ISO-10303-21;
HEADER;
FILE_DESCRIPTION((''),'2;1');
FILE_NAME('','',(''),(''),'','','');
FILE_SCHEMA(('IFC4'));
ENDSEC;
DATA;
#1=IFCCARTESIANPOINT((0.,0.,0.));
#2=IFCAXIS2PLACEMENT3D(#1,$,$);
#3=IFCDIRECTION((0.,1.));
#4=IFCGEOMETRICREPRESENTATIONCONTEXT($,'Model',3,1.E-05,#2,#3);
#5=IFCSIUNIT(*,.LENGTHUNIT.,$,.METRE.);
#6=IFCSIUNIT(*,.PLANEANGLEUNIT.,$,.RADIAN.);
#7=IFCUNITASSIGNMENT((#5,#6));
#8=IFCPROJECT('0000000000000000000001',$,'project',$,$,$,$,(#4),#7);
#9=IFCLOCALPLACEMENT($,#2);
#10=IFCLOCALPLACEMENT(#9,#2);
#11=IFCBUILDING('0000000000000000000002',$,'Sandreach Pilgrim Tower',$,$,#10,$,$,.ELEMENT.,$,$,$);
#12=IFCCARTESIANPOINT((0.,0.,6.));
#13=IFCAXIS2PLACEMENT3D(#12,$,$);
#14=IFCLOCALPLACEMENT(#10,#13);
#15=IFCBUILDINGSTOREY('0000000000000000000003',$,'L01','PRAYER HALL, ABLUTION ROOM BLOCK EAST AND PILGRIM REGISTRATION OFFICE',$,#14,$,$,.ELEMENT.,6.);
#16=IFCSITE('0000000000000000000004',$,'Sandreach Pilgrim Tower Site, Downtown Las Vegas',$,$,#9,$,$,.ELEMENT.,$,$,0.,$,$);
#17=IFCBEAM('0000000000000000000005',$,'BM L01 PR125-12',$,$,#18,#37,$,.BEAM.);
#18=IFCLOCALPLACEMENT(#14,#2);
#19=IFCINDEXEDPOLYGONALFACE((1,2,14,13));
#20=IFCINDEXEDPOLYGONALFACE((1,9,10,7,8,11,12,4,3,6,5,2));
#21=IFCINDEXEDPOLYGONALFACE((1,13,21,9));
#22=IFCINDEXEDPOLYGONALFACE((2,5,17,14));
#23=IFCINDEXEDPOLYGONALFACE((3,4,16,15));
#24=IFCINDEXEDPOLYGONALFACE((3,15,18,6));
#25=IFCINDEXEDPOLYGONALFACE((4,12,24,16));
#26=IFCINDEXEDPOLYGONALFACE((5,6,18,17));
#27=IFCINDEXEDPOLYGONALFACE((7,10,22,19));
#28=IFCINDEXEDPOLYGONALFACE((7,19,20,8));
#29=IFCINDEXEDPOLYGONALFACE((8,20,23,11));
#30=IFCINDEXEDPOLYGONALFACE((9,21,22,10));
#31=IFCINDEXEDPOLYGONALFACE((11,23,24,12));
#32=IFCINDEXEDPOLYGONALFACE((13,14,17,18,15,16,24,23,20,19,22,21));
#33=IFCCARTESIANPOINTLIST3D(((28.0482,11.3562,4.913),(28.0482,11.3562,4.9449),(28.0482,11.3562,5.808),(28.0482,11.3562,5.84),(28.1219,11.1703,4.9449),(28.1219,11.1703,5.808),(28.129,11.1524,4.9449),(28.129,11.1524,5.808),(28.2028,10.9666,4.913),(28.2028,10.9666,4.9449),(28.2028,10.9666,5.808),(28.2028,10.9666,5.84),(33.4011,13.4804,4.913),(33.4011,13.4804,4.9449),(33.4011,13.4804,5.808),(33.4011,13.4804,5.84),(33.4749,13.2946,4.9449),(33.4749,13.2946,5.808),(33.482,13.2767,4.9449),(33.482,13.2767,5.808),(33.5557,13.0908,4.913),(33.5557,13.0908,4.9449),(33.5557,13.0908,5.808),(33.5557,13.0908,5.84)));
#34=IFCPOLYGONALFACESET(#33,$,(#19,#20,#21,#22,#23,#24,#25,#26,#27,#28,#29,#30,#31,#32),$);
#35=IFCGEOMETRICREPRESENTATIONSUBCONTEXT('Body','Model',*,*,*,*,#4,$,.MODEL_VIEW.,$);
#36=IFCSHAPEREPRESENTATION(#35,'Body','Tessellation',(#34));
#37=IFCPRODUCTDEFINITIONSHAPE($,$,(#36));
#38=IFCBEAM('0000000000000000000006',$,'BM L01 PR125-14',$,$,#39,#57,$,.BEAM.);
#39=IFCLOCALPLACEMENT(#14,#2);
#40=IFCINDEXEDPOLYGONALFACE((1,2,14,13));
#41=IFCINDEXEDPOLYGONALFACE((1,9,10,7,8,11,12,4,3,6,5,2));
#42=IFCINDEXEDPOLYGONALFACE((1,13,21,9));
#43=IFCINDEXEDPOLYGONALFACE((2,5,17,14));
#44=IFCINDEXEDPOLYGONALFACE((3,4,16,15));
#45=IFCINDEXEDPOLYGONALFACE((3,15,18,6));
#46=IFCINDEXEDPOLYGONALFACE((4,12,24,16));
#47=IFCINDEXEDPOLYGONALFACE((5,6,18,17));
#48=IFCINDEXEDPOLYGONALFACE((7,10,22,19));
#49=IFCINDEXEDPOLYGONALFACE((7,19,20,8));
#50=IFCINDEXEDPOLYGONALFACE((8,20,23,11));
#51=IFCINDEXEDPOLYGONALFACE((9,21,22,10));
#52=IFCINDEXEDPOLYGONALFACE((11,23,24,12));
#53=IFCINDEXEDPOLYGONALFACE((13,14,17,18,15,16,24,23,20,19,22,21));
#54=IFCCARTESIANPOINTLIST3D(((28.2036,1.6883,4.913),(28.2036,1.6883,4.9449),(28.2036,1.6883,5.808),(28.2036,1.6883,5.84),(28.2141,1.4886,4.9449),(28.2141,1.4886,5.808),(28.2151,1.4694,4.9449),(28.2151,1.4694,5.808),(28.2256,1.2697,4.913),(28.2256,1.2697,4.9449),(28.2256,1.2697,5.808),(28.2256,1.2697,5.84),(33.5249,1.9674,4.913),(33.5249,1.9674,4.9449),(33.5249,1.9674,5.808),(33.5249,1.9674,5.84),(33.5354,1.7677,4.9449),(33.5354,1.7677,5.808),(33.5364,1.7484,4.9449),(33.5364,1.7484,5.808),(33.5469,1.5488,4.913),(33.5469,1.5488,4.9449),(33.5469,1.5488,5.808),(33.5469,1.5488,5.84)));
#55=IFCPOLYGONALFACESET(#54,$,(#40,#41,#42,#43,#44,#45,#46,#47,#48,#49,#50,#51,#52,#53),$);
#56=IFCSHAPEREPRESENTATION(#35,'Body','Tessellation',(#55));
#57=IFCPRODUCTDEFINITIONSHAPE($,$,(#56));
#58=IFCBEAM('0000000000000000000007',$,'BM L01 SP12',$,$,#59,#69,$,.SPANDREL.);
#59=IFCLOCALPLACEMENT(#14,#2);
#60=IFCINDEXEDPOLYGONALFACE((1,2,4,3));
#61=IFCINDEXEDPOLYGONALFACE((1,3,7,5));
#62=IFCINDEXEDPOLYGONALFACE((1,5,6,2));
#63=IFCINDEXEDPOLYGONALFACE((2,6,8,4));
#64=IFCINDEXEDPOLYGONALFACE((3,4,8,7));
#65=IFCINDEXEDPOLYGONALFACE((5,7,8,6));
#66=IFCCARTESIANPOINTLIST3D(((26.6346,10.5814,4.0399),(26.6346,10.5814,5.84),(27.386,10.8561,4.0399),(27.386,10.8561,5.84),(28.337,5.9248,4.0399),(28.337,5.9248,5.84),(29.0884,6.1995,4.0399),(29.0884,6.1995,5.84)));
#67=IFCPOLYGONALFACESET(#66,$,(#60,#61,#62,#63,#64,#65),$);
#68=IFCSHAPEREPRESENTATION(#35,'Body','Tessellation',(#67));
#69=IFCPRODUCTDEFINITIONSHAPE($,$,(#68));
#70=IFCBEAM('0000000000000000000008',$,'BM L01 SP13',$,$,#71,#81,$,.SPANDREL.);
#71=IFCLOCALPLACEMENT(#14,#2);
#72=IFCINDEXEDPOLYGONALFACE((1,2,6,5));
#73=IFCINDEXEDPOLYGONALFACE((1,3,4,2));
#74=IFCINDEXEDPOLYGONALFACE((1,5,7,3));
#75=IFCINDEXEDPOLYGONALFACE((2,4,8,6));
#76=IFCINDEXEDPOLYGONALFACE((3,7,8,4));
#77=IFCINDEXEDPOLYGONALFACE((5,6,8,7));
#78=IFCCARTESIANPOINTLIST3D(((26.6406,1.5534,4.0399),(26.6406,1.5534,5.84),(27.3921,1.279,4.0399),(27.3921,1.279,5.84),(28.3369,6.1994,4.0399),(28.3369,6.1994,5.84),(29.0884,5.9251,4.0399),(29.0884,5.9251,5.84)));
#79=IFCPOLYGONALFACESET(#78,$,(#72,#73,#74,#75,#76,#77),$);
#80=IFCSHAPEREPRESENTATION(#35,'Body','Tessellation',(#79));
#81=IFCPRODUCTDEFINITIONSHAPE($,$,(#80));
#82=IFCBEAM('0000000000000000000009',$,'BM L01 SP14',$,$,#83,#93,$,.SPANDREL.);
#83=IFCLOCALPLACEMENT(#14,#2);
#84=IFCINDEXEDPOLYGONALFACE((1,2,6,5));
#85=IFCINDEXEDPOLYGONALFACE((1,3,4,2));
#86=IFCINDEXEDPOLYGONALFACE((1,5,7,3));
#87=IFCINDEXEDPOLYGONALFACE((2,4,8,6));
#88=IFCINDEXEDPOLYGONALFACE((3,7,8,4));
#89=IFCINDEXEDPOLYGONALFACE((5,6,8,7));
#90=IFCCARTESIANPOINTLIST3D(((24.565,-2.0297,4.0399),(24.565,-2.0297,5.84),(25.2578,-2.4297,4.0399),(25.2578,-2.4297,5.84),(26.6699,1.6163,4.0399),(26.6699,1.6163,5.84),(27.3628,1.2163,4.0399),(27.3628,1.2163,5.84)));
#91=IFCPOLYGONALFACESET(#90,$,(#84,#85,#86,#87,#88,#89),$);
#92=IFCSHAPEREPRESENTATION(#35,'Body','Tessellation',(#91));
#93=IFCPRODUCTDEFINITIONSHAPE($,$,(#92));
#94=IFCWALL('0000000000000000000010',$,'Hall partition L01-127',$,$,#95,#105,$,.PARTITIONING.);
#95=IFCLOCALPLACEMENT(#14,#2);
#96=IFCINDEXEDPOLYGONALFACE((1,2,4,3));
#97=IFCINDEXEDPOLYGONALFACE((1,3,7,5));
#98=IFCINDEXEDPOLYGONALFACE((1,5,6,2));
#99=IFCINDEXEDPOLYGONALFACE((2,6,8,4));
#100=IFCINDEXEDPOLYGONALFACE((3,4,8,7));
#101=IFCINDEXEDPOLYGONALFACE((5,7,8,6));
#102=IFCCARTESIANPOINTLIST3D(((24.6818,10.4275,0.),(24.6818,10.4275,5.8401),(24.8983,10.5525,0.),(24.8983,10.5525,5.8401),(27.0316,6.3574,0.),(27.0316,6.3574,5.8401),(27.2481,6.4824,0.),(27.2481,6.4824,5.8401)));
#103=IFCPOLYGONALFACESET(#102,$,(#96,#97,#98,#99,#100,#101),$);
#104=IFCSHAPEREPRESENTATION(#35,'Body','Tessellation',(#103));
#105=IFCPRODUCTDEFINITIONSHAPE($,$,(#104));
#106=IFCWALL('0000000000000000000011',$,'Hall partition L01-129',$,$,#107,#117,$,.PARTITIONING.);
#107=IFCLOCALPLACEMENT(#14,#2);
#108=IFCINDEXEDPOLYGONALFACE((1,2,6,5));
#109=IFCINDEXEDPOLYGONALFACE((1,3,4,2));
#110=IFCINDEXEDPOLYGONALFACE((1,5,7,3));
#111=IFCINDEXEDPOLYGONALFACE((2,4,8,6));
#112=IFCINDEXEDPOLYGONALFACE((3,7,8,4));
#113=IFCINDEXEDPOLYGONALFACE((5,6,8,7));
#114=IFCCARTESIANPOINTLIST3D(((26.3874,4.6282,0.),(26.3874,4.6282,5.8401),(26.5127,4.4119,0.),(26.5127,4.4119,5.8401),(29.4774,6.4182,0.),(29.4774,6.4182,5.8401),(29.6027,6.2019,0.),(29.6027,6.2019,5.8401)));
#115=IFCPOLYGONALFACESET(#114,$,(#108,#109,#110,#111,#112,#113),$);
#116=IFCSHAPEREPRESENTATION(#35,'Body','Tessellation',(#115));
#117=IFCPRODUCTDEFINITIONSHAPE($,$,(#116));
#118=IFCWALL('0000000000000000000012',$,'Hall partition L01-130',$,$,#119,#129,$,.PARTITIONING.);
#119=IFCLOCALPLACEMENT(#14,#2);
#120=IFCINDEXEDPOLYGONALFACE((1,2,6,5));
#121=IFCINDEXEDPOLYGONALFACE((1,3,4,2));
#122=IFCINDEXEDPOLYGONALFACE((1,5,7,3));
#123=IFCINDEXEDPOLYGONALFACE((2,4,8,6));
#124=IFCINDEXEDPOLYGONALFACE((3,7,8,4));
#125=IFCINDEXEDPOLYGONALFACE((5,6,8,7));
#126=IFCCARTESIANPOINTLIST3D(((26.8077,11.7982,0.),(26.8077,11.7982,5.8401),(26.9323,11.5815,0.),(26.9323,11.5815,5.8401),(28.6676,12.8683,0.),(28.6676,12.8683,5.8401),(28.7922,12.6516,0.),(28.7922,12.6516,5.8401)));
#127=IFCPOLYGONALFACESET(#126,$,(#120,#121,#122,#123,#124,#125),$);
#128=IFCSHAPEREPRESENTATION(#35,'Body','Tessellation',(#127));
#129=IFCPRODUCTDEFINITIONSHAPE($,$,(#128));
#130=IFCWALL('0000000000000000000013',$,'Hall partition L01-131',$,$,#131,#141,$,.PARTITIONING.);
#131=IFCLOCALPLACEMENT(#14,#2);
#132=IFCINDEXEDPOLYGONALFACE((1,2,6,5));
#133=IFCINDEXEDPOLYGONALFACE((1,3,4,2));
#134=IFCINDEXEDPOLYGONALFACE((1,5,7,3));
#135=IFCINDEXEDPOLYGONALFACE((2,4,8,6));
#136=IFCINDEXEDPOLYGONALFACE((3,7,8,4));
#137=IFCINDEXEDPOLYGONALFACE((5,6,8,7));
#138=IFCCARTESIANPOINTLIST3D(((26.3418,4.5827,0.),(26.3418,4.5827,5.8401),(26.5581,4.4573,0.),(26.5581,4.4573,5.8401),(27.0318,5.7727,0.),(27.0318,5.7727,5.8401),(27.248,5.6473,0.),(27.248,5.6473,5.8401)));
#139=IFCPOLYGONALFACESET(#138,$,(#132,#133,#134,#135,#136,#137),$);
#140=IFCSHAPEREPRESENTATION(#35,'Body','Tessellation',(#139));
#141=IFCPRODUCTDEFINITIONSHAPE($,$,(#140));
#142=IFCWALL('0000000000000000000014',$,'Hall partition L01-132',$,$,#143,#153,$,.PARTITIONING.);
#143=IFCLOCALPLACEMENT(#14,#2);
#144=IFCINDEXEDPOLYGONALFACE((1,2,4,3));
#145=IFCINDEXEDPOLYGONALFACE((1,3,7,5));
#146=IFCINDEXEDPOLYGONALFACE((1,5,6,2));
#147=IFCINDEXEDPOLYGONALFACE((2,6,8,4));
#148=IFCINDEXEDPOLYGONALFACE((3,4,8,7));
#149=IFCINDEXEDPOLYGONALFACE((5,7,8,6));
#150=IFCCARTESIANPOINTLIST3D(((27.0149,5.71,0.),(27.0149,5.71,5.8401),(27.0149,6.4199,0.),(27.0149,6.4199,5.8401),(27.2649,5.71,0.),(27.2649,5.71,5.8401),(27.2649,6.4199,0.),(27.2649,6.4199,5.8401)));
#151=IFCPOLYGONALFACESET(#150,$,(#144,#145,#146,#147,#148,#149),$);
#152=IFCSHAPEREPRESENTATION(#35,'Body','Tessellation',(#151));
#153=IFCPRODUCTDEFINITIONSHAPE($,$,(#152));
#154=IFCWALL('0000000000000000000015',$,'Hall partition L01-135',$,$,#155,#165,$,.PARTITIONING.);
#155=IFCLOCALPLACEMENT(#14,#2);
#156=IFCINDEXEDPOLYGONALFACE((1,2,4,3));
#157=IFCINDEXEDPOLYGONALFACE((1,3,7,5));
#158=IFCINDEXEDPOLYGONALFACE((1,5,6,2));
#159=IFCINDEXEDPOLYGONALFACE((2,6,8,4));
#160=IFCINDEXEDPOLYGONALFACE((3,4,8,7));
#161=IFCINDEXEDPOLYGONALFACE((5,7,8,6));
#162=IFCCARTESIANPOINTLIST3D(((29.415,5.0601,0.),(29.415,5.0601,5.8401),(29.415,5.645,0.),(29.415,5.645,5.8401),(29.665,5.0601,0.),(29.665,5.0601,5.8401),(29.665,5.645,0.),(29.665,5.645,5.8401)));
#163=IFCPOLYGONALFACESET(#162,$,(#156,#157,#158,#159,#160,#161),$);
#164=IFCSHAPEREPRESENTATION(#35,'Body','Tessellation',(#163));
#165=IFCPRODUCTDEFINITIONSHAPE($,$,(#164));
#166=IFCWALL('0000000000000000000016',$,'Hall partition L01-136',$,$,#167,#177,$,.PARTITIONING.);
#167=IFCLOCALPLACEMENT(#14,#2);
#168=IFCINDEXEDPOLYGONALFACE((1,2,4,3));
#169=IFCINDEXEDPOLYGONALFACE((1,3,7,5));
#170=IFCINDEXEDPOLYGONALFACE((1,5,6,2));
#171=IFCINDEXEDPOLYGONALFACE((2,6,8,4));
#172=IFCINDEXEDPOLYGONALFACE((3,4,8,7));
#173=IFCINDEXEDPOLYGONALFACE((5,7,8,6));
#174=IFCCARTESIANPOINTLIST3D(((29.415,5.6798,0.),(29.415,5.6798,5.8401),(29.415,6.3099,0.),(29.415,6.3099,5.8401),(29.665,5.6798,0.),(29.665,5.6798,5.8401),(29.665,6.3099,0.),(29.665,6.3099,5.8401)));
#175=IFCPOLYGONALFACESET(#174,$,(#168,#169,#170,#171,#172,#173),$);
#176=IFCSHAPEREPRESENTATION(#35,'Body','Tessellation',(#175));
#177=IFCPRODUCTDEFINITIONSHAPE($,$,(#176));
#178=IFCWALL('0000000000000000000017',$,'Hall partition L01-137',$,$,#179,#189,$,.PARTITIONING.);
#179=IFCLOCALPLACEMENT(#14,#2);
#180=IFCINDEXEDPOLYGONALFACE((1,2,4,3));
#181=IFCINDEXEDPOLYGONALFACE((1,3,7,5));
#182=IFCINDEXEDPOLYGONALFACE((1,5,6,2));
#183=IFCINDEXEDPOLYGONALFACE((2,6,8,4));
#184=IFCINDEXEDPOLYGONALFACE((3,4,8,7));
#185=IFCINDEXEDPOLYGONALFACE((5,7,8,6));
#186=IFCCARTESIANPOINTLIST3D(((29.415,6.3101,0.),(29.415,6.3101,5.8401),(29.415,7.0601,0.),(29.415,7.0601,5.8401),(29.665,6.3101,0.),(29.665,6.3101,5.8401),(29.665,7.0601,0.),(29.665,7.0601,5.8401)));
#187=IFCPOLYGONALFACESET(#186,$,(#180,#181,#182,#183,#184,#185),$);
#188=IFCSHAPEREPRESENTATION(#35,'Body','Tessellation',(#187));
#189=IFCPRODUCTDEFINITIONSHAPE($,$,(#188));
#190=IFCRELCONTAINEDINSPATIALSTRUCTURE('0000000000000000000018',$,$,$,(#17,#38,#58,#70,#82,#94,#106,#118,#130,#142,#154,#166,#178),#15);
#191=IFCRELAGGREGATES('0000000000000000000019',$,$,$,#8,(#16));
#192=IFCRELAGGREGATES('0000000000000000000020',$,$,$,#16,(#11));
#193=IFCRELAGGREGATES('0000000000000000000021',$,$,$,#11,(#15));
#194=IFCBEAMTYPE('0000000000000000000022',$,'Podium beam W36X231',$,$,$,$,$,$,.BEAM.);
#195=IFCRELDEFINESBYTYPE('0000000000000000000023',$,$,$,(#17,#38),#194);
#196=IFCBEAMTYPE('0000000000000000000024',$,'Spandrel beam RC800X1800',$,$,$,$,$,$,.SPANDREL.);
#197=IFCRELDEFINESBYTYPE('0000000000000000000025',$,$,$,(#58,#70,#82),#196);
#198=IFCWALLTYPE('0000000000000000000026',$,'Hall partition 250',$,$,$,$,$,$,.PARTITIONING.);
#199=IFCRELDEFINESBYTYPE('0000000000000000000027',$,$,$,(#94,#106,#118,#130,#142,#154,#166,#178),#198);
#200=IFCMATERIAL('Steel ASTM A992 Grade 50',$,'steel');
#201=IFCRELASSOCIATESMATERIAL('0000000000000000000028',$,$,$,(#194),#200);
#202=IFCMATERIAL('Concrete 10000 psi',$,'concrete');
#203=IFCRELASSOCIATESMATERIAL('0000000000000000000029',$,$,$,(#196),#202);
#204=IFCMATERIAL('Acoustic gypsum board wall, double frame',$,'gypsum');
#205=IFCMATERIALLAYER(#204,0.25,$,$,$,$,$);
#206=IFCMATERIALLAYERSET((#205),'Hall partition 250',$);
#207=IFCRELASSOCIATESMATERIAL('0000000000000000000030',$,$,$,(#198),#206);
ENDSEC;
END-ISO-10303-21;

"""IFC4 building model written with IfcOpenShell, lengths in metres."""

from ifc_helpers import new_model, si_unit, direction, frame, frame_2d, origin, origin_2d, place, context, subcontext, project, spatial, rectangle, i_section, extrude, material, layer, layer_set, material_profile, profile_set, type_object, element, save


model = new_model("IFC4")

# Units and contexts
model_context = context("Model", 3, precision=1e-05, world=origin(), true_north=direction((0.0, 1.0)))
body_context = subcontext(model_context, "Body", "Model", "MODEL_VIEW")
ifc_project = project(units=[si_unit("LENGTHUNIT", "METRE"), si_unit("PLANEANGLEUNIT", "RADIAN")], contexts=[model_context])

# Site, building, storey
site_placement = place(None, origin())
site = spatial("IfcSite", under=ifc_project, at=site_placement, Name="Sandreach Pilgrim Tower Site, Downtown Las Vegas", CompositionType="ELEMENT", RefElevation=0.0)
building_placement = place(site_placement, origin())
building = spatial("IfcBuilding", under=site, at=building_placement, Name="Sandreach Pilgrim Tower", CompositionType="ELEMENT")
storey_placement = place(building_placement, frame((0.0, 0.0, 6.0)))
storey = spatial("IfcBuildingStorey", under=building, at=storey_placement, Name="L01", Description="PRAYER HALL, ABLUTION ROOM BLOCK EAST AND PILGRIM REGISTRATION OFFICE", CompositionType="ELEMENT", Elevation=6.0)

# Beams
ifc_material_1 = material(Name="Steel ASTM A992 Grade 50", Category="steel")
ifc_material_profile_1 = material_profile(ifc_material_1, i_section(OverallWidth=0.4192, OverallDepth=0.927, WebThickness=0.0193, FlangeThickness=0.032, at=origin_2d()), Name="W36X231")
ifc_profile_set_1 = profile_set([ifc_material_profile_1], Name="Steel ASTM A992 Grade 50")
beam_type_1 = type_object("IfcBeamType", Name="Podium beam W36X231", PredefinedType="BEAM", material=ifc_profile_set_1)
beam_1_placement = place(storey_placement, frame((28.1255, 11.1614, 5.3765), z_axis=(0.929488, 0.368853, 0.0), x_axis=(-0.368853, 0.929488, 0.0)))
element("IfcBeam", 1, at=beam_1_placement, inside=storey, type_object=beam_type_1, Name="BM L01 PR125-12", PredefinedType="BEAM", context=body_context, shape_type="SweptSolid", body=[
    extrude(i_section(OverallWidth=0.4192, OverallDepth=0.927, WebThickness=0.0193, FlangeThickness=0.032, at=origin_2d()), origin(), (0.0, 0.0, 1.0), 5.759),
])
beam_2_placement = place(storey_placement, frame((28.2146, 1.479, 5.3765), z_axis=(0.998628, 0.052369, 0.0), x_axis=(-0.052369, 0.998628, 0.0)))
element("IfcBeam", 2, at=beam_2_placement, inside=storey, type_object=beam_type_1, Name="BM L01 PR125-14", PredefinedType="BEAM", context=body_context, shape_type="SweptSolid", body=[
    extrude(i_section(OverallWidth=0.4192, OverallDepth=0.927, WebThickness=0.0193, FlangeThickness=0.032, at=origin_2d()), origin(), (0.0, 0.0, 1.0), 5.3286),
])
ifc_material_2 = material(Name="Concrete 10000 psi", Category="concrete")
ifc_material_profile_2 = material_profile(ifc_material_2, rectangle(XDim=0.8, YDim=1.8, at=origin_2d()), Name="RC800X1800")
ifc_profile_set_2 = profile_set([ifc_material_profile_2], Name="Concrete 10000 psi")
beam_type_2 = type_object("IfcBeamType", Name="Spandrel beam RC800X1800", PredefinedType="SPANDREL", material=ifc_profile_set_2)
beam_3_placement = place(storey_placement, frame((27.0103, 10.7188, 4.9399), z_axis=(0.343368, -0.939201, 0.0), x_axis=(0.939201, 0.343368, 0.0)))
element("IfcBeam", 3, at=beam_3_placement, inside=storey, type_object=beam_type_2, Name="BM L01 SP12", PredefinedType="SPANDREL", context=body_context, shape_type="SweptSolid", body=[
    extrude(rectangle(XDim=0.8, YDim=1.8, at=origin_2d()), origin(), (0.0, 0.0, 1.0), 4.958),
])
beam_4_placement = place(storey_placement, frame((28.7126, 6.0623, 4.9399), z_axis=(-0.342963, -0.939349, 0.0), x_axis=(0.939349, -0.342963, 0.0)))
element("IfcBeam", 4, at=beam_4_placement, inside=storey, type_object=beam_type_2, Name="BM L01 SP13", PredefinedType="SPANDREL", context=body_context, shape_type="SweptSolid", body=[
    extrude(rectangle(XDim=0.8, YDim=1.8, at=origin_2d()), origin(), (0.0, 0.0, 1.0), 4.946),
])
beam_5_placement = place(storey_placement, frame((27.0164, 1.4163, 4.9399), z_axis=(-0.499994, -0.866029, 0.0), x_axis=(0.866029, -0.499994, 0.0)))
element("IfcBeam", 5, at=beam_5_placement, inside=storey, type_object=beam_type_2, Name="BM L01 SP14", PredefinedType="SPANDREL", context=body_context, shape_type="SweptSolid", body=[
    extrude(rectangle(XDim=0.8, YDim=1.8, at=origin_2d()), origin(), (0.0, 0.0, 1.0), 4.21),
])

# Walls
ifc_material_3 = material(Name="Acoustic gypsum board wall, double frame", Category="gypsum")
ifc_layer_1 = layer(ifc_material_3, 0.25)
ifc_layer_set_1 = layer_set([ifc_layer_1], Name="Hall partition 250")
wall_type_1 = type_object("IfcWallType", Name="Hall partition 250", PredefinedType="PARTITIONING", material=ifc_layer_set_1)
wall_1_placement = place(storey_placement, frame((24.79, 10.49, 0.0), z_axis=(0.0, 0.0, 1.0), x_axis=(0.5, -0.866026, 0.0)))
element("IfcWall", 6, at=wall_1_placement, inside=storey, type_object=wall_type_1, Name="Hall partition L01-127", PredefinedType="PARTITIONING", context=body_context, shape_type="SweptSolid", body=[
    extrude(rectangle(XDim=4.6997, YDim=0.25, at=frame_2d((2.3499, 0.0))), origin(), (0.0, 0.0, 1.0), 5.8401),
])
wall_2_placement = place(storey_placement, frame((26.45, 4.52, 0.0), z_axis=(0.0, 0.0, 1.0), x_axis=(0.8653, 0.501255, 0.0)))
element("IfcWall", 7, at=wall_2_placement, inside=storey, type_object=wall_type_1, Name="Hall partition L01-129", PredefinedType="PARTITIONING", context=body_context, shape_type="SweptSolid", body=[
    extrude(rectangle(XDim=3.571, YDim=0.25, at=frame_2d((1.7856, 0.0))), origin(), (0.0, 0.0, 1.0), 5.8401),
])
wall_3_placement = place(storey_placement, frame((26.8701, 11.6899, 0.0), z_axis=(0.0, 0.0, 1.0), x_axis=(0.866776, 0.498698, 0.0)))
element("IfcWall", 8, at=wall_3_placement, inside=storey, type_object=wall_type_1, Name="Hall partition L01-130", PredefinedType="PARTITIONING", context=body_context, shape_type="SweptSolid", body=[
    extrude(rectangle(XDim=2.1458, YDim=0.25, at=frame_2d((1.0728, 0.0))), origin(), (0.0, 0.0, 1.0), 5.8401),
])
wall_4_placement = place(storey_placement, frame((27.1399, 5.71, 0.0), z_axis=(0.0, 0.0, 1.0), x_axis=(-0.501596, -0.865102, 0.0)))
element("IfcWall", 9, at=wall_4_placement, inside=storey, type_object=wall_type_1, Name="Hall partition L01-131", PredefinedType="PARTITIONING", context=body_context, shape_type="SweptSolid", body=[
    extrude(rectangle(XDim=1.3755, YDim=0.25, at=frame_2d((0.6877, 0.0))), origin(), (0.0, 0.0, 1.0), 5.8401),
])
wall_5_placement = place(storey_placement, frame((27.1399, 6.4199, 0.0), z_axis=(0.0, 0.0, 1.0), x_axis=(0.0, -1.0, 0.0)))
element("IfcWall", 10, at=wall_5_placement, inside=storey, type_object=wall_type_1, Name="Hall partition L01-132", PredefinedType="PARTITIONING", context=body_context, shape_type="SweptSolid", body=[
    extrude(rectangle(XDim=0.71, YDim=0.25, at=frame_2d((0.355, 0.0))), origin(), (0.0, 0.0, 1.0), 5.8401),
])
wall_6_placement = place(storey_placement, frame((29.54, 5.645, 0.0), z_axis=(0.0, 0.0, 1.0), x_axis=(0.0, -1.0, 0.0)))
element("IfcWall", 11, at=wall_6_placement, inside=storey, type_object=wall_type_1, Name="Hall partition L01-135", PredefinedType="PARTITIONING", context=body_context, shape_type="SweptSolid", body=[
    extrude(rectangle(XDim=0.585, YDim=0.25, at=frame_2d((0.2925, 0.0))), origin(), (0.0, 0.0, 1.0), 5.8401),
])
wall_7_placement = place(storey_placement, frame((29.54, 5.6799, 0.0), z_axis=(0.0, 0.0, 1.0), x_axis=(0.0, 1.0, 0.0)))
element("IfcWall", 12, at=wall_7_placement, inside=storey, type_object=wall_type_1, Name="Hall partition L01-136", PredefinedType="PARTITIONING", context=body_context, shape_type="SweptSolid", body=[
    extrude(rectangle(XDim=0.6301, YDim=0.25, at=frame_2d((0.3149, 0.0))), origin(), (0.0, 0.0, 1.0), 5.8401),
])
wall_8_placement = place(storey_placement, frame((29.54, 6.3101, 0.0), z_axis=(0.0, 0.0, 1.0), x_axis=(0.0, 1.0, 0.0)))
element("IfcWall", 13, at=wall_8_placement, inside=storey, type_object=wall_type_1, Name="Hall partition L01-137", PredefinedType="PARTITIONING", context=body_context, shape_type="SweptSolid", body=[
    extrude(rectangle(XDim=0.75, YDim=0.25, at=frame_2d((0.375, 0.0))), origin(), (0.0, 0.0, 1.0), 5.8401),
])

save(model, "model.ifc")
